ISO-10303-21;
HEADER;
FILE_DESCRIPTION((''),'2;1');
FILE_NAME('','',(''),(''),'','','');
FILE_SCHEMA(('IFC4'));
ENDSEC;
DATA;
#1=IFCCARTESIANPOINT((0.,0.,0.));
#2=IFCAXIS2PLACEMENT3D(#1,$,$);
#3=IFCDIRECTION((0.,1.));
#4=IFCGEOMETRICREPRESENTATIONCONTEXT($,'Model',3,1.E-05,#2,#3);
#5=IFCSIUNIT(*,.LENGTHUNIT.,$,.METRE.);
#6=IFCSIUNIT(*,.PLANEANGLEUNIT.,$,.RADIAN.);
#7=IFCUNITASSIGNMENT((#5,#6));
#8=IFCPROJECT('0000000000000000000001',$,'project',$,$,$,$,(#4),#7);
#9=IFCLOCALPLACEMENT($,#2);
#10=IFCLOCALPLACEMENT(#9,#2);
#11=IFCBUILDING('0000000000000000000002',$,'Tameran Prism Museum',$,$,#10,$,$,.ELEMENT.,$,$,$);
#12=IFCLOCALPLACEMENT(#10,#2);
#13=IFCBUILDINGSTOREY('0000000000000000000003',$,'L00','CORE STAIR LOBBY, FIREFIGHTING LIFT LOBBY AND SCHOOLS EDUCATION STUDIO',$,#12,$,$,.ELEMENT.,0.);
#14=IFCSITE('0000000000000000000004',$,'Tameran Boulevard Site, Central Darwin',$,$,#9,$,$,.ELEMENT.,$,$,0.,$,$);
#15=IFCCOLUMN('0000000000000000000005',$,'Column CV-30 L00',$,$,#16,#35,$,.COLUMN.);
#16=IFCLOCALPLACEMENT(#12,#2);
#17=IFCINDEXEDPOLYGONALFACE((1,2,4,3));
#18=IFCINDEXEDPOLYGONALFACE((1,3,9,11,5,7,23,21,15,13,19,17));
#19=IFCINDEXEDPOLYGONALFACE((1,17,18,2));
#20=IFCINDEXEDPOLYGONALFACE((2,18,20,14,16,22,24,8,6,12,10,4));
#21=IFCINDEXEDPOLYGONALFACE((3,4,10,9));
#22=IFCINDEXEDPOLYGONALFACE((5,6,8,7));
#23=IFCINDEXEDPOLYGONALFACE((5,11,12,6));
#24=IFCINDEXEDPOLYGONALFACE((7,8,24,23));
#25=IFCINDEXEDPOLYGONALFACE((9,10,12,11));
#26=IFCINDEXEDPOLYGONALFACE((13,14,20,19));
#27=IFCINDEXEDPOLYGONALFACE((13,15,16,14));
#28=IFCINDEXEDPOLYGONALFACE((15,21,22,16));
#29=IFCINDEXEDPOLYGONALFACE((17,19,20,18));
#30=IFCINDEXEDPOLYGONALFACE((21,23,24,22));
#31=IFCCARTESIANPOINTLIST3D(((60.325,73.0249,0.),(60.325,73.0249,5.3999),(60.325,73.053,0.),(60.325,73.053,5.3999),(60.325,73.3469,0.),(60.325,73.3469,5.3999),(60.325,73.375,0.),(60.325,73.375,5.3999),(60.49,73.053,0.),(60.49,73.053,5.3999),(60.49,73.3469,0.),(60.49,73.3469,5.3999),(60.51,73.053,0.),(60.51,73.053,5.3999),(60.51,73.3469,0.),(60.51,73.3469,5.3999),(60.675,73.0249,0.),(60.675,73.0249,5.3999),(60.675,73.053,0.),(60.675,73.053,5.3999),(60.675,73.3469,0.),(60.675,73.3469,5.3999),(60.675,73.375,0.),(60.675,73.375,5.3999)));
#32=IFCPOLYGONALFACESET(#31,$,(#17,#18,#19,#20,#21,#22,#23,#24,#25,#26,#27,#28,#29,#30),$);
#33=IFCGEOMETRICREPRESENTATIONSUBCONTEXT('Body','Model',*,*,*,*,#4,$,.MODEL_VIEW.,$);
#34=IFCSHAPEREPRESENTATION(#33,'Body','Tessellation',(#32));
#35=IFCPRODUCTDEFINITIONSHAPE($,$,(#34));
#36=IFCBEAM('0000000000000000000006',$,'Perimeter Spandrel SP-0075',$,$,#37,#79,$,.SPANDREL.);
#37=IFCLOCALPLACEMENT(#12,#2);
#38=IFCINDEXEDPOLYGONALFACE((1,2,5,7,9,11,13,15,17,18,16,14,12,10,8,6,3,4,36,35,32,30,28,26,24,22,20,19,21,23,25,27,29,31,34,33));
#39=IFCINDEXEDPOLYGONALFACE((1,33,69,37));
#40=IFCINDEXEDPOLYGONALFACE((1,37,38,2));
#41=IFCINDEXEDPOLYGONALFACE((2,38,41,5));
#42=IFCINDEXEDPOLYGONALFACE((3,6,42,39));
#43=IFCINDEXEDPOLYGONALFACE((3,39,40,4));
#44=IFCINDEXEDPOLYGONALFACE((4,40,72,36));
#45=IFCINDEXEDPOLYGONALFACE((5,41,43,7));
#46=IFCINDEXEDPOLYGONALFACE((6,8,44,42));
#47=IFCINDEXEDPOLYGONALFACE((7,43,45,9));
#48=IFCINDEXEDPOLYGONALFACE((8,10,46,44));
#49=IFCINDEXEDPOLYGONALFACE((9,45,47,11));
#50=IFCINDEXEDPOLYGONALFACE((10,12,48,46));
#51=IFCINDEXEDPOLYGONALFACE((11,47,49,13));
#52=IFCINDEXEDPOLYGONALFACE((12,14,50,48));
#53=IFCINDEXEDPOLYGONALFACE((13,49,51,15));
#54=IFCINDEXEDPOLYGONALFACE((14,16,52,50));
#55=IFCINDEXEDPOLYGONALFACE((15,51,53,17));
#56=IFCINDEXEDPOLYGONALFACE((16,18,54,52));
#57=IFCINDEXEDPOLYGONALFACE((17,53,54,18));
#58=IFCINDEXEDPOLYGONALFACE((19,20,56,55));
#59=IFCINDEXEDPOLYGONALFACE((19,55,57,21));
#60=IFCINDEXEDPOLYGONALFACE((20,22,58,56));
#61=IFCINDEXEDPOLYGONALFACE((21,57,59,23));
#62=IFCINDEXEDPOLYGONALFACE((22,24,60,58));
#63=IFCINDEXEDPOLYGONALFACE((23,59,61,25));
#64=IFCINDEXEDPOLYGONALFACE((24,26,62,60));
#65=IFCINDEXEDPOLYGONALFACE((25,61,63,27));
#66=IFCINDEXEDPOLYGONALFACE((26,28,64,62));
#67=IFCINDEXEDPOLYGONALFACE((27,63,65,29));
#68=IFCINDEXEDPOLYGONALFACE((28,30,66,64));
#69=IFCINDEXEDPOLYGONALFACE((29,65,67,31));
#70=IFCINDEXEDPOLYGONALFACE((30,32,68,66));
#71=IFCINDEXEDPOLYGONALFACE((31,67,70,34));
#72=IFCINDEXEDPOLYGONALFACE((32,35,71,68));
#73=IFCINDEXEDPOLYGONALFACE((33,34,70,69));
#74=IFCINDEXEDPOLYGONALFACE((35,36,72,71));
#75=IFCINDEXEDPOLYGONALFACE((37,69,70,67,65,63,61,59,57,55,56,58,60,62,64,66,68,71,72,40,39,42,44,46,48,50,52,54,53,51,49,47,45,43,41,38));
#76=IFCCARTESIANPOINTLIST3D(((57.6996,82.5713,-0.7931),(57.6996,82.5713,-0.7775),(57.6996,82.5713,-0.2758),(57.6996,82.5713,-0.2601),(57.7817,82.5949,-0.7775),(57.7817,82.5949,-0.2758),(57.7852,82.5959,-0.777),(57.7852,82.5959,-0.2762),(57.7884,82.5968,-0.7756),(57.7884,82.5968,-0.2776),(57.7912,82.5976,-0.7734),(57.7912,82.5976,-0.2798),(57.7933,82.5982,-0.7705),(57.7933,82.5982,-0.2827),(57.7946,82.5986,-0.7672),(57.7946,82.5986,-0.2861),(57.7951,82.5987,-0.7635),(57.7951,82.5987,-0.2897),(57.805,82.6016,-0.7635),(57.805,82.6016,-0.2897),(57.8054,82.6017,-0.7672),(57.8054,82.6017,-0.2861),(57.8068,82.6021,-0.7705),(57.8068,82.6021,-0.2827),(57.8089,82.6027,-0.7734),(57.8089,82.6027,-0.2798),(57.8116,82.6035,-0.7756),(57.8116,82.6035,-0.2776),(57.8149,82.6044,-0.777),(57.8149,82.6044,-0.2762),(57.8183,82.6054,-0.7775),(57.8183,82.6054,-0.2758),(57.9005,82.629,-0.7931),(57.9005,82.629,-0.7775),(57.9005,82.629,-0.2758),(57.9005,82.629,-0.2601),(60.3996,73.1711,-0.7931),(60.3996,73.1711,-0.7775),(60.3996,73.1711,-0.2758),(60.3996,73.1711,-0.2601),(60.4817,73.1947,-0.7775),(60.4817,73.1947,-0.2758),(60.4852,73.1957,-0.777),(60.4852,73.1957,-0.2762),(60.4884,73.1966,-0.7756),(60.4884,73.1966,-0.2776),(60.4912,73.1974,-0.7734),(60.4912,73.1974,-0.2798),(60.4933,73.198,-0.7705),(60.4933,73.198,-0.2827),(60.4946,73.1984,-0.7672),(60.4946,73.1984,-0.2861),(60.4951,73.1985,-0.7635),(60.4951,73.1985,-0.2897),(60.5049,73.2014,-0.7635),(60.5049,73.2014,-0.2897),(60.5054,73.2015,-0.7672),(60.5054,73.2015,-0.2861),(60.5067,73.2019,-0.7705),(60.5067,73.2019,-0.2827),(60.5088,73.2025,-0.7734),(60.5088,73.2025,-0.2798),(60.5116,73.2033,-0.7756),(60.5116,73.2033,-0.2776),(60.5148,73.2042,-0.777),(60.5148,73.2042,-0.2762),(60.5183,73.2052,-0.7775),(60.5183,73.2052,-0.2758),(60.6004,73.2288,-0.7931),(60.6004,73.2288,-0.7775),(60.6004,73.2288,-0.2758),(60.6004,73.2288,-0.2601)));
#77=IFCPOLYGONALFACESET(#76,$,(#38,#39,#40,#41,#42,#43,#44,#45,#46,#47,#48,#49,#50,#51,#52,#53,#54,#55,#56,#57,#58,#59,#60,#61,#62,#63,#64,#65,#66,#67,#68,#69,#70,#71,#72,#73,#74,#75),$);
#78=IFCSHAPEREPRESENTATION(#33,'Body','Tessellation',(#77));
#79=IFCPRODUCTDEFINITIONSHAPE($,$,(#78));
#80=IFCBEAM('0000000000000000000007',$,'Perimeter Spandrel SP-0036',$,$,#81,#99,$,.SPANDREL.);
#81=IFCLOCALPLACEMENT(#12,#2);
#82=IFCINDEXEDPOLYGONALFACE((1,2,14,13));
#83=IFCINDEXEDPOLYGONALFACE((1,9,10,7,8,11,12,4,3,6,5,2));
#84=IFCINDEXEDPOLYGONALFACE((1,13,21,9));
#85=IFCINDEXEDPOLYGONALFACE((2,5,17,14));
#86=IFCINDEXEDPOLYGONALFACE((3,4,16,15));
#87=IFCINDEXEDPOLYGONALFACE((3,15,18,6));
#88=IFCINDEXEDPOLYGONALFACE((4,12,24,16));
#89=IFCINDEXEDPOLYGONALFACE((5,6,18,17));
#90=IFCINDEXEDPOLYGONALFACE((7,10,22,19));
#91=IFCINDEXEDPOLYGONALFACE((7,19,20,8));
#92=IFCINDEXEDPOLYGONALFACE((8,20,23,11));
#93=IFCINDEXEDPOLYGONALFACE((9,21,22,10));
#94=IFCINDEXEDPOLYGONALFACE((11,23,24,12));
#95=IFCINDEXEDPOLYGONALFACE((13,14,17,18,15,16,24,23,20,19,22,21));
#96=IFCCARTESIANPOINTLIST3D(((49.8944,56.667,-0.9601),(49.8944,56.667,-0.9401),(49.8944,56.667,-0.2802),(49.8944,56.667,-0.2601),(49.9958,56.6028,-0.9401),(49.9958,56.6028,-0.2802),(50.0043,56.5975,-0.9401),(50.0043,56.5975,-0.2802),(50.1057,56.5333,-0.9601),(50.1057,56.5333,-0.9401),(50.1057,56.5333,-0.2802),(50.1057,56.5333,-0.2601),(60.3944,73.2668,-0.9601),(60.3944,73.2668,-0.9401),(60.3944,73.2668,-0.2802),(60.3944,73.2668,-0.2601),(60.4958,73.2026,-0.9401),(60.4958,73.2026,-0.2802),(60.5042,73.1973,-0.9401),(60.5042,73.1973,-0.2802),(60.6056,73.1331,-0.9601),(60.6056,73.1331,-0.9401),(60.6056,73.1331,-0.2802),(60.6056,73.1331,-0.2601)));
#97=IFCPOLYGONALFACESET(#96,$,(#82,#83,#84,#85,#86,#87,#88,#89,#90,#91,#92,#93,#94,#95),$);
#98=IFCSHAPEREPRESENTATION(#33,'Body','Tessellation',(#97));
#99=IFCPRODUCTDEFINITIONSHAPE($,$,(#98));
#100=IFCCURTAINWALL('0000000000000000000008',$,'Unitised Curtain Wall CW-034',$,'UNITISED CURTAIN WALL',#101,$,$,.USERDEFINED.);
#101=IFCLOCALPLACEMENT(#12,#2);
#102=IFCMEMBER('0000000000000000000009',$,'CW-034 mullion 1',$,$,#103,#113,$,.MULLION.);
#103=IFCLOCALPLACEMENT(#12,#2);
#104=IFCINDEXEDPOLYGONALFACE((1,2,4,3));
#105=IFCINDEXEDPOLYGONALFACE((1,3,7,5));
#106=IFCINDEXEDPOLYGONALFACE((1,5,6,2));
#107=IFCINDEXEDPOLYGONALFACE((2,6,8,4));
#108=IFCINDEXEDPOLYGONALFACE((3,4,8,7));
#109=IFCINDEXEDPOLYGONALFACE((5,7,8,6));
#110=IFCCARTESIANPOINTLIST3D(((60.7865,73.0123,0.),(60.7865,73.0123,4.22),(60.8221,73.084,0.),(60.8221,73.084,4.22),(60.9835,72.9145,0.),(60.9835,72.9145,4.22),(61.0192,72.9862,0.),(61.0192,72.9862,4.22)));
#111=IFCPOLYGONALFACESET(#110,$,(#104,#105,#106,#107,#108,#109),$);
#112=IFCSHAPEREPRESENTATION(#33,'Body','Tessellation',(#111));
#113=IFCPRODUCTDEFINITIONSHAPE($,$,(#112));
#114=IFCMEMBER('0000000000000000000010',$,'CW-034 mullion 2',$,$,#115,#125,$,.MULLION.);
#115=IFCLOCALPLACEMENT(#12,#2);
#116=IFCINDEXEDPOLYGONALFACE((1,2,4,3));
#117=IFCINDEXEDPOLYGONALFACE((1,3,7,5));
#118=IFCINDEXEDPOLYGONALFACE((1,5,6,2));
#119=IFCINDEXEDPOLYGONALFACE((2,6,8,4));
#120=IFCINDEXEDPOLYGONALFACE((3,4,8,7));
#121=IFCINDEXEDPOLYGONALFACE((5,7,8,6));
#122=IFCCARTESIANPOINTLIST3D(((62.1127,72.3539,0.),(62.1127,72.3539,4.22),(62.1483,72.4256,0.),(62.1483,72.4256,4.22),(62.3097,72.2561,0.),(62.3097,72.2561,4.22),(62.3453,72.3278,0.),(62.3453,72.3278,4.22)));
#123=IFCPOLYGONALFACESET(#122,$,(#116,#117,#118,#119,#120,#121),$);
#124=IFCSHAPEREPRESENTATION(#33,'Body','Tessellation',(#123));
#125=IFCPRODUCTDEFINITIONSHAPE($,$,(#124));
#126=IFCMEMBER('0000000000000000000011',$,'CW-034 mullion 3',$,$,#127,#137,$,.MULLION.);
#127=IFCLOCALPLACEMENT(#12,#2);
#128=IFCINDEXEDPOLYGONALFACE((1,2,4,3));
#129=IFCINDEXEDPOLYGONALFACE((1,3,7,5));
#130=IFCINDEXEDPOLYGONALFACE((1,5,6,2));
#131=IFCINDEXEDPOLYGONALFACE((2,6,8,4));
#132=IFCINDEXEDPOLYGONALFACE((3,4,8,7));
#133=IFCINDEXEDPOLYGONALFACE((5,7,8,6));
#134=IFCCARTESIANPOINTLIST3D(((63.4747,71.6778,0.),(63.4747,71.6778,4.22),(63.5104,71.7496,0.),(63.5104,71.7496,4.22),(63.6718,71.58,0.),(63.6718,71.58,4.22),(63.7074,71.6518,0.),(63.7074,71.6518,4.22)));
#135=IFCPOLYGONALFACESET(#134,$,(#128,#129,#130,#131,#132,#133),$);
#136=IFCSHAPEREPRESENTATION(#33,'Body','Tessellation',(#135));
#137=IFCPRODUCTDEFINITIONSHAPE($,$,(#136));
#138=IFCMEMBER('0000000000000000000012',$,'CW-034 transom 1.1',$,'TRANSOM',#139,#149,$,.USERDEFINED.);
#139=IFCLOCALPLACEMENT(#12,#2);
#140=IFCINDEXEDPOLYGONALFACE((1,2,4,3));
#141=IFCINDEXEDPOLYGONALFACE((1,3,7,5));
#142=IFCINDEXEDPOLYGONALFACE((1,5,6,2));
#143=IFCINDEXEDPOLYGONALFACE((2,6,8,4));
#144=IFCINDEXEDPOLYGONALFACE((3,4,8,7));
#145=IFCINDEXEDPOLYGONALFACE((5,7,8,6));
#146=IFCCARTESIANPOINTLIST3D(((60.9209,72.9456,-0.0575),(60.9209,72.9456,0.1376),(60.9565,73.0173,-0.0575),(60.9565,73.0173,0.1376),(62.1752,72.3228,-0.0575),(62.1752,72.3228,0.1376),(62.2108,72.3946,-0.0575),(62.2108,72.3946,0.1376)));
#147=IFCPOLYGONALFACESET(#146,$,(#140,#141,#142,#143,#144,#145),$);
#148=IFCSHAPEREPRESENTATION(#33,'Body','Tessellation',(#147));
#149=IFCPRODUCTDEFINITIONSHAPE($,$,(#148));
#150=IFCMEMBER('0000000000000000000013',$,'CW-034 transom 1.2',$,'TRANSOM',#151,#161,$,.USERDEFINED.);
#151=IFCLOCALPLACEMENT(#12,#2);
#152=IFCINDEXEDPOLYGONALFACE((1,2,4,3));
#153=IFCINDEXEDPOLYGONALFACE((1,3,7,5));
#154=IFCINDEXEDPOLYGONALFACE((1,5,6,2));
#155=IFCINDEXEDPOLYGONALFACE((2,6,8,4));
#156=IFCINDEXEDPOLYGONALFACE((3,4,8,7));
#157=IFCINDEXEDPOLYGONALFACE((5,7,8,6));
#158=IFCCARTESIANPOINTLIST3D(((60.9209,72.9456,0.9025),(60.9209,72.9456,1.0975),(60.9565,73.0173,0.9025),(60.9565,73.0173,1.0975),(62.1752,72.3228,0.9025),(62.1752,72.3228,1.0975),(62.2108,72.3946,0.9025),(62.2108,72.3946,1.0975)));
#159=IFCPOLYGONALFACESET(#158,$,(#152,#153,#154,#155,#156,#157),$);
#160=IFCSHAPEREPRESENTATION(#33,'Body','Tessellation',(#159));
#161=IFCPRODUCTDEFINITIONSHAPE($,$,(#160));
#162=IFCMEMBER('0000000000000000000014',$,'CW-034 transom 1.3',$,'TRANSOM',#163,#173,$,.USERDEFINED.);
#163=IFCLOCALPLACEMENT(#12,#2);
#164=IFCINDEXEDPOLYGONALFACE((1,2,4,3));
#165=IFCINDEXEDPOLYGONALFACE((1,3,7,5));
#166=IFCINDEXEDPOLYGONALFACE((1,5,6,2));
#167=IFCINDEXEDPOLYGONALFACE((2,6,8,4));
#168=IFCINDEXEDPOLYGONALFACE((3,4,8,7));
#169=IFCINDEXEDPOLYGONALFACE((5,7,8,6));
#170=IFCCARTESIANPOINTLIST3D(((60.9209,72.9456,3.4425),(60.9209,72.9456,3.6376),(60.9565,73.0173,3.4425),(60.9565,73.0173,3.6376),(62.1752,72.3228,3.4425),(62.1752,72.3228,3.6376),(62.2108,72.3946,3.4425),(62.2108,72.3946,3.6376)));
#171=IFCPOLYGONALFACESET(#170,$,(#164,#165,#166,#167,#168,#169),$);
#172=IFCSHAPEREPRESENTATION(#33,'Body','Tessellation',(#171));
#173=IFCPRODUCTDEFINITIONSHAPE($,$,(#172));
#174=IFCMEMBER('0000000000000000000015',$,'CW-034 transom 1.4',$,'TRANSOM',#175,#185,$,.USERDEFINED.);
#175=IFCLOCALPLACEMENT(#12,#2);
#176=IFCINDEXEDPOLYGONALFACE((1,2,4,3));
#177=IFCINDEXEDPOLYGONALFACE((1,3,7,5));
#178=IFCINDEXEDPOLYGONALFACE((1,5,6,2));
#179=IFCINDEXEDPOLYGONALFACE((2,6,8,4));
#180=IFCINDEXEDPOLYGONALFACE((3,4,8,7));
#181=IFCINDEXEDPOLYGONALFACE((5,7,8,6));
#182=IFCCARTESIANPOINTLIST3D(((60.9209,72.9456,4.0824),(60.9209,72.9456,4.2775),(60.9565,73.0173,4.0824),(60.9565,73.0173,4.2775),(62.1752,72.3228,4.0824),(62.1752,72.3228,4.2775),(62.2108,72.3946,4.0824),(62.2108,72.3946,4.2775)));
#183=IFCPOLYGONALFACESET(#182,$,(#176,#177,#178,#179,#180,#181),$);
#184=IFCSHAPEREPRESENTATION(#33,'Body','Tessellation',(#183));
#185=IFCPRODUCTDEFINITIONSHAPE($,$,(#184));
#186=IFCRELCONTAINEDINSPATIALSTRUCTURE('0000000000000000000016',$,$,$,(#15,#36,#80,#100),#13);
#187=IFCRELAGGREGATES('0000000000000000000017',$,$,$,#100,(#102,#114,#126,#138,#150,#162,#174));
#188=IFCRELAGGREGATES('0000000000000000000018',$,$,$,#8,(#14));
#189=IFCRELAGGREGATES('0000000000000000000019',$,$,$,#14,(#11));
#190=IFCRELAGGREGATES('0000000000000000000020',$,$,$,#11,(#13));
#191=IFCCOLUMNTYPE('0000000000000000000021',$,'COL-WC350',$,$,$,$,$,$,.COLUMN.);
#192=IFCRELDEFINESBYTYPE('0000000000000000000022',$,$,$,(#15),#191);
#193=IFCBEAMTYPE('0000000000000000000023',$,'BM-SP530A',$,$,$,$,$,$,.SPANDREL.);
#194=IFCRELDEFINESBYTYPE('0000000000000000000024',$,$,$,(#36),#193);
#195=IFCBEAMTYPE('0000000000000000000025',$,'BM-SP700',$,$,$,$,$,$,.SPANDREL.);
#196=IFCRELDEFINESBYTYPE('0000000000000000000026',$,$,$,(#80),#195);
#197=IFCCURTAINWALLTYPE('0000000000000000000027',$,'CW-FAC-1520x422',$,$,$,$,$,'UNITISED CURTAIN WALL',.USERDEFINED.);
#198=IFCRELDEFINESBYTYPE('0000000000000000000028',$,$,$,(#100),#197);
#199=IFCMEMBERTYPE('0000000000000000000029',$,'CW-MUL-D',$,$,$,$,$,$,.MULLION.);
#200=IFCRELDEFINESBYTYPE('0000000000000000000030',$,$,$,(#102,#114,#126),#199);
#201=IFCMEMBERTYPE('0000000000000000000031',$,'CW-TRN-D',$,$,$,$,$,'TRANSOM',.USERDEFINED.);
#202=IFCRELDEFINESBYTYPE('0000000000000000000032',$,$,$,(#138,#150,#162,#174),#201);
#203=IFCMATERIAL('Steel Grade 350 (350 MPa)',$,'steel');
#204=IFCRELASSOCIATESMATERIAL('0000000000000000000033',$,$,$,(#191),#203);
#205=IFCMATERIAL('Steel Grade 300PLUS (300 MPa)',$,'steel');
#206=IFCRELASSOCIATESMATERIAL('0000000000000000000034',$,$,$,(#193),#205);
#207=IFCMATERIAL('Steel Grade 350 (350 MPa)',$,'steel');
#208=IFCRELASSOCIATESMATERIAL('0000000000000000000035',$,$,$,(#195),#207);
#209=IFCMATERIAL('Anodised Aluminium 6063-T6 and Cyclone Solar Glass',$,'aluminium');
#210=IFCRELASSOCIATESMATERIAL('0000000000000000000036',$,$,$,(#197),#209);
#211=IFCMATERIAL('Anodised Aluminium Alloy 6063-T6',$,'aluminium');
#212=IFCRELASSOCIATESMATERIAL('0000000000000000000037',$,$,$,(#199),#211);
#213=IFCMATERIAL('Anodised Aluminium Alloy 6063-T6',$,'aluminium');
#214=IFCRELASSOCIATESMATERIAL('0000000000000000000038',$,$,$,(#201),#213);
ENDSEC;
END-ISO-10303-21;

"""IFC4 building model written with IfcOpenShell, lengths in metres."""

from ifc_helpers import new_model, si_unit, direction, frame, origin, origin_2d, place, context, subcontext, project, spatial, rectangle, i_section, extrude, material, material_profile, profile_set, type_object, element, aggregate, save


model = new_model("IFC4")

# Units and contexts
model_context = context("Model", 3, precision=1e-05, world=origin(), true_north=direction((0.0, 1.0)))
body_context = subcontext(model_context, "Body", "Model", "MODEL_VIEW")
ifc_project = project(units=[si_unit("LENGTHUNIT", "METRE"), si_unit("PLANEANGLEUNIT", "RADIAN")], contexts=[model_context])

# Site, building, storey
site_placement = place(None, origin())
site = spatial("IfcSite", under=ifc_project, at=site_placement, Name="Tameran Boulevard Site, Central Darwin", CompositionType="ELEMENT", RefElevation=0.0)
building_placement = place(site_placement, origin())
building = spatial("IfcBuilding", under=site, at=building_placement, Name="Tameran Prism Museum", CompositionType="ELEMENT")
storey_placement = place(building_placement, origin())
storey = spatial("IfcBuildingStorey", under=building, at=storey_placement, Name="L00", Description="CORE STAIR LOBBY, FIREFIGHTING LIFT LOBBY AND SCHOOLS EDUCATION STUDIO", CompositionType="ELEMENT", Elevation=0.0)

# Column
ifc_material_1 = material(Name="Steel Grade 350 (350 MPa)", Category="steel")
ifc_material_profile_1 = material_profile(ifc_material_1, i_section(OverallWidth=0.3501, OverallDepth=0.3501, WebThickness=0.02, FlangeThickness=0.0281, at=origin_2d()))
ifc_profile_set_1 = profile_set([ifc_material_profile_1])
column_type = type_object("IfcColumnType", Name="COL-WC350", PredefinedType="COLUMN", material=ifc_profile_set_1)
column_placement = place(storey_placement, frame((60.5, 73.2, 0.0), z_axis=(0.0, 0.0, 1.0), x_axis=(1.0, 0.0, 0.0)))
element("IfcColumn", 1, at=column_placement, inside=storey, type_object=column_type, Name="Column CV-30 L00", PredefinedType="COLUMN", context=body_context, shape_type="SweptSolid", body=[
    extrude(i_section(OverallWidth=0.3501, OverallDepth=0.3501, WebThickness=0.02, FlangeThickness=0.0281, at=origin_2d()), origin(), (0.0, 0.0, 1.0), 5.3999),
])

# Beams
ifc_material_2 = material(Name="Steel Grade 300PLUS (300 MPa)", Category="steel")
ifc_material_profile_2 = material_profile(ifc_material_2, i_section(OverallWidth=0.209, OverallDepth=0.533, WebThickness=0.0103, FlangeThickness=0.0156, FilletRadius=0.0139, at=origin_2d()))
ifc_profile_set_2 = profile_set([ifc_material_profile_2])
beam_type_1 = type_object("IfcBeamType", Name="BM-SP530A", PredefinedType="SPANDREL", material=ifc_profile_set_2)
beam_1_placement = place(storey_placement, frame((60.5, 73.2, -0.5266), z_axis=(-0.276063, 0.96114, 0.0), x_axis=(-0.96114, -0.276063, 0.0)))
element("IfcBeam", 2, at=beam_1_placement, inside=storey, type_object=beam_type_1, Name="Perimeter Spandrel SP-0075", PredefinedType="SPANDREL", context=body_context, shape_type="SweptSolid", body=[
    extrude(i_section(OverallWidth=0.209, OverallDepth=0.533, WebThickness=0.0103, FlangeThickness=0.0156, FilletRadius=0.0139, at=origin_2d()), origin(), (0.0, 0.0, 1.0), 9.7803),
])
ifc_material_3 = material(Name="Steel Grade 350 (350 MPa)", Category="steel")
ifc_material_profile_3 = material_profile(ifc_material_3, i_section(OverallWidth=0.25, OverallDepth=0.7, WebThickness=0.01, FlangeThickness=0.02, at=origin_2d()))
ifc_profile_set_3 = profile_set([ifc_material_profile_3])
beam_type_2 = type_object("IfcBeamType", Name="BM-SP700", PredefinedType="SPANDREL", material=ifc_profile_set_3)
beam_2_placement = place(storey_placement, frame((60.5, 73.2, -0.6101), z_axis=(-0.534571, -0.845124, 0.0), x_axis=(0.845124, -0.534571, 0.0)))
element("IfcBeam", 3, at=beam_2_placement, inside=storey, type_object=beam_type_2, Name="Perimeter Spandrel SP-0036", PredefinedType="SPANDREL", context=body_context, shape_type="SweptSolid", body=[
    extrude(i_section(OverallWidth=0.25, OverallDepth=0.7, WebThickness=0.01, FlangeThickness=0.02, at=origin_2d()), origin(), (0.0, 0.0, 1.0), 19.6418),
])

# Curtain wall, members
ifc_material_4 = material(Name="Anodised Aluminium 6063-T6 and Cyclone Solar Glass", Category="aluminium")
curtain_wall_type = type_object("IfcCurtainWallType", Name="CW-FAC-1520x422", ElementType="UNITISED CURTAIN WALL", PredefinedType="USERDEFINED", material=ifc_material_4)
curtain_wall_placement = place(storey_placement, origin())
curtain_wall = element("IfcCurtainWall", 4, at=curtain_wall_placement, inside=storey, type_object=curtain_wall_type, Name="Unitised Curtain Wall CW-034", ObjectType="UNITISED CURTAIN WALL", PredefinedType="USERDEFINED")
ifc_material_5 = material(Name="Anodised Aluminium Alloy 6063-T6", Category="aluminium")
ifc_material_profile_4 = material_profile(ifc_material_5, rectangle(XDim=0.0801, YDim=0.22, at=origin_2d()))
ifc_profile_set_4 = profile_set([ifc_material_profile_4])
member_type_1 = type_object("IfcMemberType", Name="CW-MUL-D", PredefinedType="MULLION", material=ifc_profile_set_4)
member_1_placement = place(storey_placement, frame((60.9028, 72.9993, 0.0), z_axis=(0.0, 0.0, 1.0), x_axis=(0.444634, 0.895712, 0.0)))
member_1 = element("IfcMember", 5, at=member_1_placement, type_object=member_type_1, Name="CW-034 mullion 1", PredefinedType="MULLION", context=body_context, shape_type="SweptSolid", body=[
    extrude(rectangle(XDim=0.0801, YDim=0.22, at=origin_2d()), origin(), (0.0, 0.0, 1.0), 4.22),
])
member_2_placement = place(storey_placement, frame((62.229, 72.3408, 0.0), z_axis=(0.0, 0.0, 1.0), x_axis=(0.444634, 0.895712, 0.0)))
member_2 = element("IfcMember", 6, at=member_2_placement, type_object=member_type_1, Name="CW-034 mullion 2", PredefinedType="MULLION", context=body_context, shape_type="SweptSolid", body=[
    extrude(rectangle(XDim=0.0801, YDim=0.22, at=origin_2d()), origin(), (0.0, 0.0, 1.0), 4.22),
])
member_3_placement = place(storey_placement, frame((63.5911, 71.6648, 0.0), z_axis=(0.0, 0.0, 1.0), x_axis=(0.444634, 0.895712, 0.0)))
member_3 = element("IfcMember", 7, at=member_3_placement, type_object=member_type_1, Name="CW-034 mullion 3", PredefinedType="MULLION", context=body_context, shape_type="SweptSolid", body=[
    extrude(rectangle(XDim=0.0801, YDim=0.22, at=origin_2d()), origin(), (0.0, 0.0, 1.0), 4.22),
])
ifc_material_6 = material(Name="Anodised Aluminium Alloy 6063-T6", Category="aluminium")
ifc_material_profile_5 = material_profile(ifc_material_6, rectangle(XDim=0.0801, YDim=0.1951, at=origin_2d()))
ifc_profile_set_5 = profile_set([ifc_material_profile_5])
member_type_2 = type_object("IfcMemberType", Name="CW-TRN-D", ElementType="TRANSOM", PredefinedType="USERDEFINED", material=ifc_profile_set_5)
member_4_placement = place(storey_placement, frame((60.9387, 72.9814, 0.04), z_axis=(0.895679, -0.444702, 0.0), x_axis=(0.444702, 0.895679, 0.0)))
member_4 = element("IfcMember", 8, at=member_4_placement, type_object=member_type_2, Name="CW-034 transom 1.1", ObjectType="TRANSOM", PredefinedType="USERDEFINED", context=body_context, shape_type="SweptSolid", body=[
    extrude(rectangle(XDim=0.0801, YDim=0.1951, at=origin_2d()), origin(), (0.0, 0.0, 1.0), 1.4004),
])
member_5_placement = place(storey_placement, frame((60.9387, 72.9814, 1.0), z_axis=(0.895679, -0.444702, 0.0), x_axis=(0.444702, 0.895679, 0.0)))
member_5 = element("IfcMember", 9, at=member_5_placement, type_object=member_type_2, Name="CW-034 transom 1.2", ObjectType="TRANSOM", PredefinedType="USERDEFINED", context=body_context, shape_type="SweptSolid", body=[
    extrude(rectangle(XDim=0.0801, YDim=0.1951, at=origin_2d()), origin(), (0.0, 0.0, 1.0), 1.4004),
])
member_6_placement = place(storey_placement, frame((60.9387, 72.9814, 3.54), z_axis=(0.895679, -0.444702, 0.0), x_axis=(0.444702, 0.895679, 0.0)))
member_6 = element("IfcMember", 10, at=member_6_placement, type_object=member_type_2, Name="CW-034 transom 1.3", ObjectType="TRANSOM", PredefinedType="USERDEFINED", context=body_context, shape_type="SweptSolid", body=[
    extrude(rectangle(XDim=0.0801, YDim=0.1951, at=origin_2d()), origin(), (0.0, 0.0, 1.0), 1.4004),
])
member_7_placement = place(storey_placement, frame((60.9387, 72.9814, 4.1799), z_axis=(0.895679, -0.444702, 0.0), x_axis=(0.444702, 0.895679, 0.0)))
member_7 = element("IfcMember", 11, at=member_7_placement, type_object=member_type_2, Name="CW-034 transom 1.4", ObjectType="TRANSOM", PredefinedType="USERDEFINED", context=body_context, shape_type="SweptSolid", body=[
    extrude(rectangle(XDim=0.0801, YDim=0.1951, at=origin_2d()), origin(), (0.0, 0.0, 1.0), 1.4004),
])
aggregate(curtain_wall, [member_1, member_2, member_3, member_4, member_5, member_6, member_7])

save(model, "model.ifc")
